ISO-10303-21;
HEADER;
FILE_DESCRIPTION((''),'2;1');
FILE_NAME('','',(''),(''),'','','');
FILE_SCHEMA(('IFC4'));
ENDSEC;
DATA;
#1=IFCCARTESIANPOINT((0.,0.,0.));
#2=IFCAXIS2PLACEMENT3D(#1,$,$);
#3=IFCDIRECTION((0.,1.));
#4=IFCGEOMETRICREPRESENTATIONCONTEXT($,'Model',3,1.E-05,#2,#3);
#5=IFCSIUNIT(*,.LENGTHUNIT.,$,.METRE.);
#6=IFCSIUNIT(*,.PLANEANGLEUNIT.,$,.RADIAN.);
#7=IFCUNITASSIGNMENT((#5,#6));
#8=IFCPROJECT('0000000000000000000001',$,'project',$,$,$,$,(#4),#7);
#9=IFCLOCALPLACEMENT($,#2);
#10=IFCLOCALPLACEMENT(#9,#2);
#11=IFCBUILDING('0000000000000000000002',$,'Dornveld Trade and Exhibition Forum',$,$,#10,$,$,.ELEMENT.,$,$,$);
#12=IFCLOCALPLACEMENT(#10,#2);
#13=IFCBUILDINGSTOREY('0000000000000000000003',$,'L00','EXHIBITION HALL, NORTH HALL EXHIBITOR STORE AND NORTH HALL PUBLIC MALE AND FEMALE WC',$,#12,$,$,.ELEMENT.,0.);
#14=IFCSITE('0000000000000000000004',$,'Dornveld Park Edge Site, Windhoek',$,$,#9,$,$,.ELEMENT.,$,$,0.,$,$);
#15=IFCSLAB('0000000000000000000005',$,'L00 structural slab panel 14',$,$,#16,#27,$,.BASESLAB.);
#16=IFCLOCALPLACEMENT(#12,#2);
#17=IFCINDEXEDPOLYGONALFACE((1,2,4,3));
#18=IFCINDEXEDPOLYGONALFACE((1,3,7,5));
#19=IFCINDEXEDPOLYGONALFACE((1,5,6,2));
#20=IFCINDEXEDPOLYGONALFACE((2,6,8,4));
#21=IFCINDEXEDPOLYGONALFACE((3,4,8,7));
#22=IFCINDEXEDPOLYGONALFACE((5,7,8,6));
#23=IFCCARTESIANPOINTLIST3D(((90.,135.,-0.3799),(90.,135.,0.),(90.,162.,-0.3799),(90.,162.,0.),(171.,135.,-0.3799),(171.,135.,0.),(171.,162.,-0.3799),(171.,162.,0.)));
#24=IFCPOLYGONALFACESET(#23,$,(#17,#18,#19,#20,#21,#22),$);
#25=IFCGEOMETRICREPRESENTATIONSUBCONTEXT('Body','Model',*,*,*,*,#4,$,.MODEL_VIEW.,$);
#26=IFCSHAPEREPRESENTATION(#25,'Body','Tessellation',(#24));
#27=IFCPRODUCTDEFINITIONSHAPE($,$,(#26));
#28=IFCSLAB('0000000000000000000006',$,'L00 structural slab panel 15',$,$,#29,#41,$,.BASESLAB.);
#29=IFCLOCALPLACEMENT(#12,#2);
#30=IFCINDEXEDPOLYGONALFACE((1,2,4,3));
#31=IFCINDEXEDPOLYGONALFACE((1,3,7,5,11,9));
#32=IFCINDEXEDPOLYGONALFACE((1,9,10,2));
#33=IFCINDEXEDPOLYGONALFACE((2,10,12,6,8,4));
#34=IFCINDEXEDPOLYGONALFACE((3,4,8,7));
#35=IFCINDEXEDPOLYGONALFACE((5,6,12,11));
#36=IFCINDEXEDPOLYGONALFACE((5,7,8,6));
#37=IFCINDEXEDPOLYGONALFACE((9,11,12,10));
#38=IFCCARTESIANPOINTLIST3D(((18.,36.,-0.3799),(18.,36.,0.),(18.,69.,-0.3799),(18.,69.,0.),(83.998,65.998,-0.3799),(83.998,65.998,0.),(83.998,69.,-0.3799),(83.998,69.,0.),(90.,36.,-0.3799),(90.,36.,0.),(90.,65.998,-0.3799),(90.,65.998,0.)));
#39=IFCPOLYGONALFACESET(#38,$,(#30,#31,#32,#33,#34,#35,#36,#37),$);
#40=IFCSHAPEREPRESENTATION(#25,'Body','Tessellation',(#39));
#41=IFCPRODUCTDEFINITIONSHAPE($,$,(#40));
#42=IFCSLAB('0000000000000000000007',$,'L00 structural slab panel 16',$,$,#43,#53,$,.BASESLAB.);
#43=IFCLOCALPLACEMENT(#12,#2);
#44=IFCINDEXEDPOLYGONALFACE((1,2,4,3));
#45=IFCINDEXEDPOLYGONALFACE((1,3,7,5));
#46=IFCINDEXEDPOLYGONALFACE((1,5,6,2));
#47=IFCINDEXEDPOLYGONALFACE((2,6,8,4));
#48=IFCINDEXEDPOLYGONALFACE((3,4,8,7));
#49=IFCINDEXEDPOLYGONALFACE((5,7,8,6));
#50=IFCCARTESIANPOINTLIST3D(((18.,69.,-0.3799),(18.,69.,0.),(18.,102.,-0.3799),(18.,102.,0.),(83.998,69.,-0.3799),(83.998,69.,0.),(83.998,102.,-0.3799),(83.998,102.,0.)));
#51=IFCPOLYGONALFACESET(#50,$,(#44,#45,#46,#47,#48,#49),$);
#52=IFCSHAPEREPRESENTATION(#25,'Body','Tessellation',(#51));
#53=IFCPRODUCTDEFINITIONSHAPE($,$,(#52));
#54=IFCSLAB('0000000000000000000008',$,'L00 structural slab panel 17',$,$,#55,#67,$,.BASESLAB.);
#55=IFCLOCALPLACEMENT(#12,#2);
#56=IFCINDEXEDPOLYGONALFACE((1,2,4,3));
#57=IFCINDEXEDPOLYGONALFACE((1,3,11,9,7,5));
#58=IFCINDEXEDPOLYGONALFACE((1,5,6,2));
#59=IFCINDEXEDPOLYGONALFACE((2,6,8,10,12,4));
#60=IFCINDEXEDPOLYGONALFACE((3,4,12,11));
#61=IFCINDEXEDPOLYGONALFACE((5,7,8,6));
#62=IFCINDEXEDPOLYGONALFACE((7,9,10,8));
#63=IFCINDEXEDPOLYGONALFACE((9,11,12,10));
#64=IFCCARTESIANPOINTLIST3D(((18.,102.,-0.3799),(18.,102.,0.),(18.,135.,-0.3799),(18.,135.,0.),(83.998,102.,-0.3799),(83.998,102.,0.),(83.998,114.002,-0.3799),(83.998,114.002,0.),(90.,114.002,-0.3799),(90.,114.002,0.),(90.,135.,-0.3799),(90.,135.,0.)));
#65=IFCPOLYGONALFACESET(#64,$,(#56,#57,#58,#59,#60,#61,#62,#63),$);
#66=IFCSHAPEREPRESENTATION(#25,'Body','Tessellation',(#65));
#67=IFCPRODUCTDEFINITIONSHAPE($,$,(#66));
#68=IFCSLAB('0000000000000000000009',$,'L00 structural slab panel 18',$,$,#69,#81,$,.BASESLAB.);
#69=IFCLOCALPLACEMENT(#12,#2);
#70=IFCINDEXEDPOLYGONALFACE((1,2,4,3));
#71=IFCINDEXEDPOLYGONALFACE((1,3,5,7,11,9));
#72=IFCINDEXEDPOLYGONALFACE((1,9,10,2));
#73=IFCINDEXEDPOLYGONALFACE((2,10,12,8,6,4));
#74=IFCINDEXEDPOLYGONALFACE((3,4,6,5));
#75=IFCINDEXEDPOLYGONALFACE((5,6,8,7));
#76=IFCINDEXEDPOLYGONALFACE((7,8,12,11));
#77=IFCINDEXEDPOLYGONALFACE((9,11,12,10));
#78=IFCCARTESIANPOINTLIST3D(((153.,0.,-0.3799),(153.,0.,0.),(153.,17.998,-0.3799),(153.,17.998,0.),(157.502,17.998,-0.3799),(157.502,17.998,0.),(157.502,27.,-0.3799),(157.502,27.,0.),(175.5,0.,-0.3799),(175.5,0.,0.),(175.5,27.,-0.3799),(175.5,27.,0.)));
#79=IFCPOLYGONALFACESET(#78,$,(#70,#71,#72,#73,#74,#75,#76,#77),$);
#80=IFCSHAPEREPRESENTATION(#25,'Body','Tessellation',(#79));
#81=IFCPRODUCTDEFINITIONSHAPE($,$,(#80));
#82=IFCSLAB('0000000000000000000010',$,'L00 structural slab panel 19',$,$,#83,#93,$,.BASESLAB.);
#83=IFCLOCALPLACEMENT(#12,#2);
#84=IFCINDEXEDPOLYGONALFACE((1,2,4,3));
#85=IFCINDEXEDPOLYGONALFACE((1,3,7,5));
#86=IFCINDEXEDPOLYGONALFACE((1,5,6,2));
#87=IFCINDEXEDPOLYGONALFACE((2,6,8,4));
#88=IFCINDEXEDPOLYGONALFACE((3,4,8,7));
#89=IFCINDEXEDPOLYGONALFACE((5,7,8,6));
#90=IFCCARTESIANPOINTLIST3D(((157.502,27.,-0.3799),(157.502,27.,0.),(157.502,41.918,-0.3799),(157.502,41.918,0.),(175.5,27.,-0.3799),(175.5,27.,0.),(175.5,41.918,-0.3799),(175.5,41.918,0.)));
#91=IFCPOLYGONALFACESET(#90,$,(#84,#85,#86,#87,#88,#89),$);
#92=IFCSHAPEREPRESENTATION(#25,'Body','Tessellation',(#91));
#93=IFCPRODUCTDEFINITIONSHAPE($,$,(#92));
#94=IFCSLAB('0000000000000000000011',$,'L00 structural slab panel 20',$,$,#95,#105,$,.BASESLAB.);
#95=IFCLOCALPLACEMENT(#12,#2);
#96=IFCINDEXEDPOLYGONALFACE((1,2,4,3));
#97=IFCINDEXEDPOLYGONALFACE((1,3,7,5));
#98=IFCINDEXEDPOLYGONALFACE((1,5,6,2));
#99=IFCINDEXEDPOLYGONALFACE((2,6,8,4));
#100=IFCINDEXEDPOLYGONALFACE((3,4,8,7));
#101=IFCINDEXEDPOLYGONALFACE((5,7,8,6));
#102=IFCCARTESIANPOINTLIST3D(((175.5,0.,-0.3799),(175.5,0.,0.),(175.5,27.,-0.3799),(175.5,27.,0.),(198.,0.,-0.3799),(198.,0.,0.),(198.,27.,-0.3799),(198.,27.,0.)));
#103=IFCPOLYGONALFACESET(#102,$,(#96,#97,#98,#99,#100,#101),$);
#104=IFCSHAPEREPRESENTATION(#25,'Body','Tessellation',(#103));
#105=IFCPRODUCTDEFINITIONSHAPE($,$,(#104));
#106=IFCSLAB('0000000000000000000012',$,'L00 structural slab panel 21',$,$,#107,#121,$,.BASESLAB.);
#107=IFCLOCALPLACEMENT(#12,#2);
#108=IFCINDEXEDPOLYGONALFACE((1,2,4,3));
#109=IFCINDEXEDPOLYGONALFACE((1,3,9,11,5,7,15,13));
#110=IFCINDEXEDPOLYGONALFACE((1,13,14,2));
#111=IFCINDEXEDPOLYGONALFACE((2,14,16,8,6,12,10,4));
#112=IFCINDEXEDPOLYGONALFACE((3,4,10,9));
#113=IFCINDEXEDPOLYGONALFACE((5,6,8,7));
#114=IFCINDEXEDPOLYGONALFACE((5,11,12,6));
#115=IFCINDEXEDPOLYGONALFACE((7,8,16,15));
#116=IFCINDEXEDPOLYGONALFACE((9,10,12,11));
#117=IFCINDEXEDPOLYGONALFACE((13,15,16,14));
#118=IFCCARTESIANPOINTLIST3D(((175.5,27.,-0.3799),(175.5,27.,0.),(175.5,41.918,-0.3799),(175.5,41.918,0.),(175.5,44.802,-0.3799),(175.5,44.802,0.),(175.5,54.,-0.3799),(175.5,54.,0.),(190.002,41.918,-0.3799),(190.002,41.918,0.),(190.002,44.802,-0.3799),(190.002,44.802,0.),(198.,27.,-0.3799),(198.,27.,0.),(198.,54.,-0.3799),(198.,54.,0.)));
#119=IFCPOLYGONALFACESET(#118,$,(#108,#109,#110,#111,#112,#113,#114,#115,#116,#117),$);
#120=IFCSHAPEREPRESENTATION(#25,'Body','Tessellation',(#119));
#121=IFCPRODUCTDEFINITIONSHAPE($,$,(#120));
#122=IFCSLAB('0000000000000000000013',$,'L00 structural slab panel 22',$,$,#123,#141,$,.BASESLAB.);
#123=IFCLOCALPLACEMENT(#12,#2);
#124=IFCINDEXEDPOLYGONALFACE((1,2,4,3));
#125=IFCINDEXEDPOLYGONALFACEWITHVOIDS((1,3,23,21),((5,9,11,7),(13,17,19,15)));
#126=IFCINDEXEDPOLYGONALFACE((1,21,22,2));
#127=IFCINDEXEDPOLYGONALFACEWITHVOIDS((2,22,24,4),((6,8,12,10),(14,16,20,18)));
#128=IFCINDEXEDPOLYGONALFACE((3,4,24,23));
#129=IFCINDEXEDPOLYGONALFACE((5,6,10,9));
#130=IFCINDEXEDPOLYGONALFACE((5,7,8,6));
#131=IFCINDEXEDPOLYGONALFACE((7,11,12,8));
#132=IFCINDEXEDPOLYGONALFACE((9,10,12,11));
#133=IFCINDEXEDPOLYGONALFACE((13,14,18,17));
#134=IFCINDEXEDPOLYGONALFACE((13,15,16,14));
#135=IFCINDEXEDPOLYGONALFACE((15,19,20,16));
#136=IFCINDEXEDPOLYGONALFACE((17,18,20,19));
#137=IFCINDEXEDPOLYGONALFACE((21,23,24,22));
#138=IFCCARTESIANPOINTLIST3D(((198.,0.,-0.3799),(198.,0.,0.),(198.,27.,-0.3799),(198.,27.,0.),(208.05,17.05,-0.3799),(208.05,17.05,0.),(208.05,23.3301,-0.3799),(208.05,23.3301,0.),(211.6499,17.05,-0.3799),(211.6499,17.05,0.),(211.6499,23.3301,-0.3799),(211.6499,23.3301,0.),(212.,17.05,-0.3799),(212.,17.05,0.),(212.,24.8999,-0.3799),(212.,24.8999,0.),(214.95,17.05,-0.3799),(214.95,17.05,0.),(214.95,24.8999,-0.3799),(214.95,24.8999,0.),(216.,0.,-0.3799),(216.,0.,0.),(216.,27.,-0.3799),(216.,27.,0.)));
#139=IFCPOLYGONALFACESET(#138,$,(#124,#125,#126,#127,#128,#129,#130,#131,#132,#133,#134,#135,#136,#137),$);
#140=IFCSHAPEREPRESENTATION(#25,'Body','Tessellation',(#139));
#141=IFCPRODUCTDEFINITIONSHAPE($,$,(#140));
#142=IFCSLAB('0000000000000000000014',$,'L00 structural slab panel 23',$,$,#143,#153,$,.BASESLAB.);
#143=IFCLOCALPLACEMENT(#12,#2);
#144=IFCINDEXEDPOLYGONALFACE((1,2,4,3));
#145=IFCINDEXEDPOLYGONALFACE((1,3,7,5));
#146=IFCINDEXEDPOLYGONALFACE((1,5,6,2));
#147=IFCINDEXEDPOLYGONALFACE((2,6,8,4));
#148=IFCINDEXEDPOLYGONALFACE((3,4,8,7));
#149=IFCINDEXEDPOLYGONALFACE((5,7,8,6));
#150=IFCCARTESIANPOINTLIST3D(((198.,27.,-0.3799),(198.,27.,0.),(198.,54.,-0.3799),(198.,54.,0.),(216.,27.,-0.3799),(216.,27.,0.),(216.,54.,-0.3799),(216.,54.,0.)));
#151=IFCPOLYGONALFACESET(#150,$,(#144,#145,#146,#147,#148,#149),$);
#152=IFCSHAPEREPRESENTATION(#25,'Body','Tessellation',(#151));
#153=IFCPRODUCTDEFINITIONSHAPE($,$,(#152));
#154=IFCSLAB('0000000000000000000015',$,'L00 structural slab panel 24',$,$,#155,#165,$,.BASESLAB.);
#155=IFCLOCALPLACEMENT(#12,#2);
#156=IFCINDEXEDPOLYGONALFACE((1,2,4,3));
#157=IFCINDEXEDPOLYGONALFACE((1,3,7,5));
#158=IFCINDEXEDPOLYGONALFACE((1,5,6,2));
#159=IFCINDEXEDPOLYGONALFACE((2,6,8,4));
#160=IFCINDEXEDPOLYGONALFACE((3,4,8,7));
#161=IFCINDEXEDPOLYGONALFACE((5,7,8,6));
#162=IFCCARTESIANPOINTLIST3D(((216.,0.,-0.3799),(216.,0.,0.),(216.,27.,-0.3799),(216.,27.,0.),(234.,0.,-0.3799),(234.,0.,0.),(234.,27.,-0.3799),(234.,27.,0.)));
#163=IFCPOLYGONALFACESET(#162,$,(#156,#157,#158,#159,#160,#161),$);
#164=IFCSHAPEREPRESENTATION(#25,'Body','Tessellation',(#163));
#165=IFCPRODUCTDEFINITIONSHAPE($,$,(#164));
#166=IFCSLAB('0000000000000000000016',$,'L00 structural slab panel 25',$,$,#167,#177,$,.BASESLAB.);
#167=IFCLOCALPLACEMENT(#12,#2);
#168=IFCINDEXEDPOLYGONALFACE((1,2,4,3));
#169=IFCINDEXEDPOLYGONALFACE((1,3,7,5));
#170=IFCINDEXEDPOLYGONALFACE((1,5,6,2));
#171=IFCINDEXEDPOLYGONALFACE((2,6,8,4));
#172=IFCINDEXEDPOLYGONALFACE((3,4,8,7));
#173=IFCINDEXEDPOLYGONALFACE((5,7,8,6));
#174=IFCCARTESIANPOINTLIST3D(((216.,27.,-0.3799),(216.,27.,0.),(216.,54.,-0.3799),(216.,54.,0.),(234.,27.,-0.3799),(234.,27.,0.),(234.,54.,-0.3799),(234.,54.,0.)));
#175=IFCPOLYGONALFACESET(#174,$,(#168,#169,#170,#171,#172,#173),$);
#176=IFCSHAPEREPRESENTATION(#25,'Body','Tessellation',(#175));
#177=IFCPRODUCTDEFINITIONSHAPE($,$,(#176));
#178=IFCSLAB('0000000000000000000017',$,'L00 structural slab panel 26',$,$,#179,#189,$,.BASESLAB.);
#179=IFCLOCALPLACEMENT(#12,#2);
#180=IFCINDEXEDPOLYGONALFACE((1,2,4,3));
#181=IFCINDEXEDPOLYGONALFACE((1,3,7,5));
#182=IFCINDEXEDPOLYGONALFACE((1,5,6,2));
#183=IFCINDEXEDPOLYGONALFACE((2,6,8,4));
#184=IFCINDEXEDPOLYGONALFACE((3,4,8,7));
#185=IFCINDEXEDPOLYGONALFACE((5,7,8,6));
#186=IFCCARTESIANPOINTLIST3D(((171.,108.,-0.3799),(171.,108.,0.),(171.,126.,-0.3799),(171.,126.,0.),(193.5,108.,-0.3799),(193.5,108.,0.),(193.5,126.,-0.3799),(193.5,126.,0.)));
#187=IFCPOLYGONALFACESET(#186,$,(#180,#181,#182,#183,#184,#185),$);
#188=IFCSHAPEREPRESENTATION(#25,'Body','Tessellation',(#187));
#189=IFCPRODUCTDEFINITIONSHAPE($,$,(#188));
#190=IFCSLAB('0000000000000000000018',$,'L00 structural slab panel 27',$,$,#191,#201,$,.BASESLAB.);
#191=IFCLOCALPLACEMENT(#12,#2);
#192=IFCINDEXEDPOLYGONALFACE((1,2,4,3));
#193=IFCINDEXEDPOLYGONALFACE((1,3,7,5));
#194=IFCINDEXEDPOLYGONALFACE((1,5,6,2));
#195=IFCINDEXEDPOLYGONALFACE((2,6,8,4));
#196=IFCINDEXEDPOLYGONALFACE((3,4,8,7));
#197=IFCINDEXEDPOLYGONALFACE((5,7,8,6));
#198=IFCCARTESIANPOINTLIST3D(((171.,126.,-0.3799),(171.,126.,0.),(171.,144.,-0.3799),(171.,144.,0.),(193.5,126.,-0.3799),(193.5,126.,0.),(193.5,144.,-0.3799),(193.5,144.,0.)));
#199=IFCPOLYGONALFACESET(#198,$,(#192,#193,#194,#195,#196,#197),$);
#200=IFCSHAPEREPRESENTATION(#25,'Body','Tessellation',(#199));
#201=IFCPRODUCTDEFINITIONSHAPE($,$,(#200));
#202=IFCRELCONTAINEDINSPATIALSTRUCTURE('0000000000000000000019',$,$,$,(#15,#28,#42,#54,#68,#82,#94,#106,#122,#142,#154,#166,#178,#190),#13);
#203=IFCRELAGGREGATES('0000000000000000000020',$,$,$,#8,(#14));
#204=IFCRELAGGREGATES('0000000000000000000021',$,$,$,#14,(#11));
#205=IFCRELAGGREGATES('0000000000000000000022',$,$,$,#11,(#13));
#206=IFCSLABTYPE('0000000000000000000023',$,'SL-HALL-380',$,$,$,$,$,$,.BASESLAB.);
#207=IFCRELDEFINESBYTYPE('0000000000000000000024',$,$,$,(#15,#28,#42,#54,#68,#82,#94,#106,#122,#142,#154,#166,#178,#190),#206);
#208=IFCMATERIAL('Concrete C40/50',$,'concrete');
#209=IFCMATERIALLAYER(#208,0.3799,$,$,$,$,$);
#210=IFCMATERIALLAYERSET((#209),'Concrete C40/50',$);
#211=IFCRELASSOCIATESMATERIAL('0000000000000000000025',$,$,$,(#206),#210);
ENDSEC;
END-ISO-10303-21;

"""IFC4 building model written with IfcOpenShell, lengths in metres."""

from ifc_helpers import new_model, si_unit, direction, frame, origin, place, context, subcontext, project, spatial, polyline, outline, extrude, material, layer, layer_set, type_object, element, save


model = new_model("IFC4")

# Units and contexts
model_context = context("Model", 3, precision=1e-05, world=origin(), true_north=direction((0.0, 1.0)))
body_context = subcontext(model_context, "Body", "Model", "MODEL_VIEW")
ifc_project = project(units=[si_unit("LENGTHUNIT", "METRE"), si_unit("PLANEANGLEUNIT", "RADIAN")], contexts=[model_context])

# Site, building, storey
site_placement = place(None, origin())
site = spatial("IfcSite", under=ifc_project, at=site_placement, Name="Dornveld Park Edge Site, Windhoek", CompositionType="ELEMENT", RefElevation=0.0)
building_placement = place(site_placement, origin())
building = spatial("IfcBuilding", under=site, at=building_placement, Name="Dornveld Trade and Exhibition Forum", CompositionType="ELEMENT")
storey_placement = place(building_placement, origin())
storey = spatial("IfcBuildingStorey", under=building, at=storey_placement, Name="L00", Description="EXHIBITION HALL, NORTH HALL EXHIBITOR STORE AND NORTH HALL PUBLIC MALE AND FEMALE WC", CompositionType="ELEMENT", Elevation=0.0)

# Slabs
ifc_material_1 = material(Name="Concrete C40/50", Category="concrete")
ifc_layer_1 = layer(ifc_material_1, 0.3799)
ifc_layer_set_1 = layer_set([ifc_layer_1], Name="Concrete C40/50")
slab_type_1 = type_object("IfcSlabType", Name="SL-HALL-380", PredefinedType="BASESLAB", material=ifc_layer_set_1)
slab_1_placement = place(storey_placement, frame((0.0, 0.0, -0.3799)))
element("IfcSlab", 1, at=slab_1_placement, inside=storey, type_object=slab_type_1, Name="L00 structural slab panel 14", PredefinedType="BASESLAB", context=body_context, shape_type="SweptSolid", body=[
    extrude(outline(polyline([(90.0, 135.0), (171.0, 135.0), (171.0, 162.0), (90.0, 162.0), (90.0, 135.0)])), origin(), (0.0, 0.0, 1.0), 0.3799),
])
slab_2_placement = place(storey_placement, frame((0.0, 0.0, -0.3799)))
element("IfcSlab", 2, at=slab_2_placement, inside=storey, type_object=slab_type_1, Name="L00 structural slab panel 15", PredefinedType="BASESLAB", context=body_context, shape_type="SweptSolid", body=[
    extrude(outline(polyline([(90.0, 36.0), (18.0, 36.0), (18.0, 69.0), (83.998, 69.0), (83.998, 65.998), (90.0, 65.998), (90.0, 36.0)])), origin(), (0.0, 0.0, 1.0), 0.3799),
])
slab_3_placement = place(storey_placement, frame((0.0, 0.0, -0.3799)))
element("IfcSlab", 3, at=slab_3_placement, inside=storey, type_object=slab_type_1, Name="L00 structural slab panel 16", PredefinedType="BASESLAB", context=body_context, shape_type="SweptSolid", body=[
    extrude(outline(polyline([(18.0, 69.0), (18.0, 102.0), (83.998, 102.0), (83.998, 69.0), (18.0, 69.0)])), origin(), (0.0, 0.0, 1.0), 0.3799),
])
slab_4_placement = place(storey_placement, frame((0.0, 0.0, -0.3799)))
element("IfcSlab", 4, at=slab_4_placement, inside=storey, type_object=slab_type_1, Name="L00 structural slab panel 17", PredefinedType="BASESLAB", context=body_context, shape_type="SweptSolid", body=[
    extrude(outline(polyline([(18.0, 102.0), (18.0, 135.0), (90.0, 135.0), (90.0, 114.002), (83.998, 114.002), (83.998, 102.0), (18.0, 102.0)])), origin(), (0.0, 0.0, 1.0), 0.3799),
])
slab_5_placement = place(storey_placement, frame((0.0, 0.0, -0.3799)))
element("IfcSlab", 5, at=slab_5_placement, inside=storey, type_object=slab_type_1, Name="L00 structural slab panel 18", PredefinedType="BASESLAB", context=body_context, shape_type="SweptSolid", body=[
    extrude(outline(polyline([(175.5, 27.0), (175.5, 0.0), (153.0, 0.0), (153.0, 17.998), (157.502, 17.998), (157.502, 27.0), (175.5, 27.0)])), origin(), (0.0, 0.0, 1.0), 0.3799),
])
slab_6_placement = place(storey_placement, frame((0.0, 0.0, -0.3799)))
element("IfcSlab", 6, at=slab_6_placement, inside=storey, type_object=slab_type_1, Name="L00 structural slab panel 19", PredefinedType="BASESLAB", context=body_context, shape_type="SweptSolid", body=[
    extrude(outline(polyline([(157.502, 27.0), (157.502, 41.918), (175.5, 41.918), (175.5, 27.0), (157.502, 27.0)])), origin(), (0.0, 0.0, 1.0), 0.3799),
])
slab_7_placement = place(storey_placement, frame((0.0, 0.0, -0.3799)))
element("IfcSlab", 7, at=slab_7_placement, inside=storey, type_object=slab_type_1, Name="L00 structural slab panel 20", PredefinedType="BASESLAB", context=body_context, shape_type="SweptSolid", body=[
    extrude(outline(polyline([(175.5, 0.0), (198.0, 0.0), (198.0, 27.0), (175.5, 27.0), (175.5, 0.0)])), origin(), (0.0, 0.0, 1.0), 0.3799),
])
slab_8_placement = place(storey_placement, frame((0.0, 0.0, -0.3799)))
element("IfcSlab", 8, at=slab_8_placement, inside=storey, type_object=slab_type_1, Name="L00 structural slab panel 21", PredefinedType="BASESLAB", context=body_context, shape_type="SweptSolid", body=[
    extrude(outline(polyline([(175.5, 54.0), (198.0, 54.0), (198.0, 27.0), (175.5, 27.0), (175.5, 41.918), (190.002, 41.918), (190.002, 44.802), (175.5, 44.802), (175.5, 54.0)])), origin(), (0.0, 0.0, 1.0), 0.3799),
])
slab_9_placement = place(storey_placement, frame((0.0, 0.0, -0.3799)))
element("IfcSlab", 9, at=slab_9_placement, inside=storey, type_object=slab_type_1, Name="L00 structural slab panel 22", PredefinedType="BASESLAB", context=body_context, shape_type="SweptSolid", body=[
    extrude(outline(polyline([(198.0, 0.0), (216.0, 0.0), (216.0, 27.0), (198.0, 27.0), (198.0, 0.0)]), holes=[polyline([(208.05, 17.05), (211.6499, 17.05), (211.6499, 23.3301), (208.05, 23.3301), (208.05, 17.05)]), polyline([(212.0, 17.05), (214.95, 17.05), (214.95, 24.8999), (212.0, 24.8999), (212.0, 17.05)])]), origin(), (0.0, 0.0, 1.0), 0.3799),
])
slab_10_placement = place(storey_placement, frame((0.0, 0.0, -0.3799)))
element("IfcSlab", 10, at=slab_10_placement, inside=storey, type_object=slab_type_1, Name="L00 structural slab panel 23", PredefinedType="BASESLAB", context=body_context, shape_type="SweptSolid", body=[
    extrude(outline(polyline([(198.0, 27.0), (216.0, 27.0), (216.0, 54.0), (198.0, 54.0), (198.0, 27.0)])), origin(), (0.0, 0.0, 1.0), 0.3799),
])
slab_11_placement = place(storey_placement, frame((0.0, 0.0, -0.3799)))
element("IfcSlab", 11, at=slab_11_placement, inside=storey, type_object=slab_type_1, Name="L00 structural slab panel 24", PredefinedType="BASESLAB", context=body_context, shape_type="SweptSolid", body=[
    extrude(outline(polyline([(216.0, 0.0), (234.0, 0.0), (234.0, 27.0), (216.0, 27.0), (216.0, 0.0)])), origin(), (0.0, 0.0, 1.0), 0.3799),
])
slab_12_placement = place(storey_placement, frame((0.0, 0.0, -0.3799)))
element("IfcSlab", 12, at=slab_12_placement, inside=storey, type_object=slab_type_1, Name="L00 structural slab panel 25", PredefinedType="BASESLAB", context=body_context, shape_type="SweptSolid", body=[
    extrude(outline(polyline([(216.0, 27.0), (234.0, 27.0), (234.0, 54.0), (216.0, 54.0), (216.0, 27.0)])), origin(), (0.0, 0.0, 1.0), 0.3799),
])
slab_13_placement = place(storey_placement, frame((0.0, 0.0, -0.3799)))
element("IfcSlab", 13, at=slab_13_placement, inside=storey, type_object=slab_type_1, Name="L00 structural slab panel 26", PredefinedType="BASESLAB", context=body_context, shape_type="SweptSolid", body=[
    extrude(outline(polyline([(171.0, 108.0), (193.5, 108.0), (193.5, 126.0), (171.0, 126.0), (171.0, 108.0)])), origin(), (0.0, 0.0, 1.0), 0.3799),
])
slab_14_placement = place(storey_placement, frame((0.0, 0.0, -0.3799)))
element("IfcSlab", 14, at=slab_14_placement, inside=storey, type_object=slab_type_1, Name="L00 structural slab panel 27", PredefinedType="BASESLAB", context=body_context, shape_type="SweptSolid", body=[
    extrude(outline(polyline([(171.0, 126.0), (193.5, 126.0), (193.5, 144.0), (171.0, 144.0), (171.0, 126.0)])), origin(), (0.0, 0.0, 1.0), 0.3799),
])

save(model, "model.ifc")
